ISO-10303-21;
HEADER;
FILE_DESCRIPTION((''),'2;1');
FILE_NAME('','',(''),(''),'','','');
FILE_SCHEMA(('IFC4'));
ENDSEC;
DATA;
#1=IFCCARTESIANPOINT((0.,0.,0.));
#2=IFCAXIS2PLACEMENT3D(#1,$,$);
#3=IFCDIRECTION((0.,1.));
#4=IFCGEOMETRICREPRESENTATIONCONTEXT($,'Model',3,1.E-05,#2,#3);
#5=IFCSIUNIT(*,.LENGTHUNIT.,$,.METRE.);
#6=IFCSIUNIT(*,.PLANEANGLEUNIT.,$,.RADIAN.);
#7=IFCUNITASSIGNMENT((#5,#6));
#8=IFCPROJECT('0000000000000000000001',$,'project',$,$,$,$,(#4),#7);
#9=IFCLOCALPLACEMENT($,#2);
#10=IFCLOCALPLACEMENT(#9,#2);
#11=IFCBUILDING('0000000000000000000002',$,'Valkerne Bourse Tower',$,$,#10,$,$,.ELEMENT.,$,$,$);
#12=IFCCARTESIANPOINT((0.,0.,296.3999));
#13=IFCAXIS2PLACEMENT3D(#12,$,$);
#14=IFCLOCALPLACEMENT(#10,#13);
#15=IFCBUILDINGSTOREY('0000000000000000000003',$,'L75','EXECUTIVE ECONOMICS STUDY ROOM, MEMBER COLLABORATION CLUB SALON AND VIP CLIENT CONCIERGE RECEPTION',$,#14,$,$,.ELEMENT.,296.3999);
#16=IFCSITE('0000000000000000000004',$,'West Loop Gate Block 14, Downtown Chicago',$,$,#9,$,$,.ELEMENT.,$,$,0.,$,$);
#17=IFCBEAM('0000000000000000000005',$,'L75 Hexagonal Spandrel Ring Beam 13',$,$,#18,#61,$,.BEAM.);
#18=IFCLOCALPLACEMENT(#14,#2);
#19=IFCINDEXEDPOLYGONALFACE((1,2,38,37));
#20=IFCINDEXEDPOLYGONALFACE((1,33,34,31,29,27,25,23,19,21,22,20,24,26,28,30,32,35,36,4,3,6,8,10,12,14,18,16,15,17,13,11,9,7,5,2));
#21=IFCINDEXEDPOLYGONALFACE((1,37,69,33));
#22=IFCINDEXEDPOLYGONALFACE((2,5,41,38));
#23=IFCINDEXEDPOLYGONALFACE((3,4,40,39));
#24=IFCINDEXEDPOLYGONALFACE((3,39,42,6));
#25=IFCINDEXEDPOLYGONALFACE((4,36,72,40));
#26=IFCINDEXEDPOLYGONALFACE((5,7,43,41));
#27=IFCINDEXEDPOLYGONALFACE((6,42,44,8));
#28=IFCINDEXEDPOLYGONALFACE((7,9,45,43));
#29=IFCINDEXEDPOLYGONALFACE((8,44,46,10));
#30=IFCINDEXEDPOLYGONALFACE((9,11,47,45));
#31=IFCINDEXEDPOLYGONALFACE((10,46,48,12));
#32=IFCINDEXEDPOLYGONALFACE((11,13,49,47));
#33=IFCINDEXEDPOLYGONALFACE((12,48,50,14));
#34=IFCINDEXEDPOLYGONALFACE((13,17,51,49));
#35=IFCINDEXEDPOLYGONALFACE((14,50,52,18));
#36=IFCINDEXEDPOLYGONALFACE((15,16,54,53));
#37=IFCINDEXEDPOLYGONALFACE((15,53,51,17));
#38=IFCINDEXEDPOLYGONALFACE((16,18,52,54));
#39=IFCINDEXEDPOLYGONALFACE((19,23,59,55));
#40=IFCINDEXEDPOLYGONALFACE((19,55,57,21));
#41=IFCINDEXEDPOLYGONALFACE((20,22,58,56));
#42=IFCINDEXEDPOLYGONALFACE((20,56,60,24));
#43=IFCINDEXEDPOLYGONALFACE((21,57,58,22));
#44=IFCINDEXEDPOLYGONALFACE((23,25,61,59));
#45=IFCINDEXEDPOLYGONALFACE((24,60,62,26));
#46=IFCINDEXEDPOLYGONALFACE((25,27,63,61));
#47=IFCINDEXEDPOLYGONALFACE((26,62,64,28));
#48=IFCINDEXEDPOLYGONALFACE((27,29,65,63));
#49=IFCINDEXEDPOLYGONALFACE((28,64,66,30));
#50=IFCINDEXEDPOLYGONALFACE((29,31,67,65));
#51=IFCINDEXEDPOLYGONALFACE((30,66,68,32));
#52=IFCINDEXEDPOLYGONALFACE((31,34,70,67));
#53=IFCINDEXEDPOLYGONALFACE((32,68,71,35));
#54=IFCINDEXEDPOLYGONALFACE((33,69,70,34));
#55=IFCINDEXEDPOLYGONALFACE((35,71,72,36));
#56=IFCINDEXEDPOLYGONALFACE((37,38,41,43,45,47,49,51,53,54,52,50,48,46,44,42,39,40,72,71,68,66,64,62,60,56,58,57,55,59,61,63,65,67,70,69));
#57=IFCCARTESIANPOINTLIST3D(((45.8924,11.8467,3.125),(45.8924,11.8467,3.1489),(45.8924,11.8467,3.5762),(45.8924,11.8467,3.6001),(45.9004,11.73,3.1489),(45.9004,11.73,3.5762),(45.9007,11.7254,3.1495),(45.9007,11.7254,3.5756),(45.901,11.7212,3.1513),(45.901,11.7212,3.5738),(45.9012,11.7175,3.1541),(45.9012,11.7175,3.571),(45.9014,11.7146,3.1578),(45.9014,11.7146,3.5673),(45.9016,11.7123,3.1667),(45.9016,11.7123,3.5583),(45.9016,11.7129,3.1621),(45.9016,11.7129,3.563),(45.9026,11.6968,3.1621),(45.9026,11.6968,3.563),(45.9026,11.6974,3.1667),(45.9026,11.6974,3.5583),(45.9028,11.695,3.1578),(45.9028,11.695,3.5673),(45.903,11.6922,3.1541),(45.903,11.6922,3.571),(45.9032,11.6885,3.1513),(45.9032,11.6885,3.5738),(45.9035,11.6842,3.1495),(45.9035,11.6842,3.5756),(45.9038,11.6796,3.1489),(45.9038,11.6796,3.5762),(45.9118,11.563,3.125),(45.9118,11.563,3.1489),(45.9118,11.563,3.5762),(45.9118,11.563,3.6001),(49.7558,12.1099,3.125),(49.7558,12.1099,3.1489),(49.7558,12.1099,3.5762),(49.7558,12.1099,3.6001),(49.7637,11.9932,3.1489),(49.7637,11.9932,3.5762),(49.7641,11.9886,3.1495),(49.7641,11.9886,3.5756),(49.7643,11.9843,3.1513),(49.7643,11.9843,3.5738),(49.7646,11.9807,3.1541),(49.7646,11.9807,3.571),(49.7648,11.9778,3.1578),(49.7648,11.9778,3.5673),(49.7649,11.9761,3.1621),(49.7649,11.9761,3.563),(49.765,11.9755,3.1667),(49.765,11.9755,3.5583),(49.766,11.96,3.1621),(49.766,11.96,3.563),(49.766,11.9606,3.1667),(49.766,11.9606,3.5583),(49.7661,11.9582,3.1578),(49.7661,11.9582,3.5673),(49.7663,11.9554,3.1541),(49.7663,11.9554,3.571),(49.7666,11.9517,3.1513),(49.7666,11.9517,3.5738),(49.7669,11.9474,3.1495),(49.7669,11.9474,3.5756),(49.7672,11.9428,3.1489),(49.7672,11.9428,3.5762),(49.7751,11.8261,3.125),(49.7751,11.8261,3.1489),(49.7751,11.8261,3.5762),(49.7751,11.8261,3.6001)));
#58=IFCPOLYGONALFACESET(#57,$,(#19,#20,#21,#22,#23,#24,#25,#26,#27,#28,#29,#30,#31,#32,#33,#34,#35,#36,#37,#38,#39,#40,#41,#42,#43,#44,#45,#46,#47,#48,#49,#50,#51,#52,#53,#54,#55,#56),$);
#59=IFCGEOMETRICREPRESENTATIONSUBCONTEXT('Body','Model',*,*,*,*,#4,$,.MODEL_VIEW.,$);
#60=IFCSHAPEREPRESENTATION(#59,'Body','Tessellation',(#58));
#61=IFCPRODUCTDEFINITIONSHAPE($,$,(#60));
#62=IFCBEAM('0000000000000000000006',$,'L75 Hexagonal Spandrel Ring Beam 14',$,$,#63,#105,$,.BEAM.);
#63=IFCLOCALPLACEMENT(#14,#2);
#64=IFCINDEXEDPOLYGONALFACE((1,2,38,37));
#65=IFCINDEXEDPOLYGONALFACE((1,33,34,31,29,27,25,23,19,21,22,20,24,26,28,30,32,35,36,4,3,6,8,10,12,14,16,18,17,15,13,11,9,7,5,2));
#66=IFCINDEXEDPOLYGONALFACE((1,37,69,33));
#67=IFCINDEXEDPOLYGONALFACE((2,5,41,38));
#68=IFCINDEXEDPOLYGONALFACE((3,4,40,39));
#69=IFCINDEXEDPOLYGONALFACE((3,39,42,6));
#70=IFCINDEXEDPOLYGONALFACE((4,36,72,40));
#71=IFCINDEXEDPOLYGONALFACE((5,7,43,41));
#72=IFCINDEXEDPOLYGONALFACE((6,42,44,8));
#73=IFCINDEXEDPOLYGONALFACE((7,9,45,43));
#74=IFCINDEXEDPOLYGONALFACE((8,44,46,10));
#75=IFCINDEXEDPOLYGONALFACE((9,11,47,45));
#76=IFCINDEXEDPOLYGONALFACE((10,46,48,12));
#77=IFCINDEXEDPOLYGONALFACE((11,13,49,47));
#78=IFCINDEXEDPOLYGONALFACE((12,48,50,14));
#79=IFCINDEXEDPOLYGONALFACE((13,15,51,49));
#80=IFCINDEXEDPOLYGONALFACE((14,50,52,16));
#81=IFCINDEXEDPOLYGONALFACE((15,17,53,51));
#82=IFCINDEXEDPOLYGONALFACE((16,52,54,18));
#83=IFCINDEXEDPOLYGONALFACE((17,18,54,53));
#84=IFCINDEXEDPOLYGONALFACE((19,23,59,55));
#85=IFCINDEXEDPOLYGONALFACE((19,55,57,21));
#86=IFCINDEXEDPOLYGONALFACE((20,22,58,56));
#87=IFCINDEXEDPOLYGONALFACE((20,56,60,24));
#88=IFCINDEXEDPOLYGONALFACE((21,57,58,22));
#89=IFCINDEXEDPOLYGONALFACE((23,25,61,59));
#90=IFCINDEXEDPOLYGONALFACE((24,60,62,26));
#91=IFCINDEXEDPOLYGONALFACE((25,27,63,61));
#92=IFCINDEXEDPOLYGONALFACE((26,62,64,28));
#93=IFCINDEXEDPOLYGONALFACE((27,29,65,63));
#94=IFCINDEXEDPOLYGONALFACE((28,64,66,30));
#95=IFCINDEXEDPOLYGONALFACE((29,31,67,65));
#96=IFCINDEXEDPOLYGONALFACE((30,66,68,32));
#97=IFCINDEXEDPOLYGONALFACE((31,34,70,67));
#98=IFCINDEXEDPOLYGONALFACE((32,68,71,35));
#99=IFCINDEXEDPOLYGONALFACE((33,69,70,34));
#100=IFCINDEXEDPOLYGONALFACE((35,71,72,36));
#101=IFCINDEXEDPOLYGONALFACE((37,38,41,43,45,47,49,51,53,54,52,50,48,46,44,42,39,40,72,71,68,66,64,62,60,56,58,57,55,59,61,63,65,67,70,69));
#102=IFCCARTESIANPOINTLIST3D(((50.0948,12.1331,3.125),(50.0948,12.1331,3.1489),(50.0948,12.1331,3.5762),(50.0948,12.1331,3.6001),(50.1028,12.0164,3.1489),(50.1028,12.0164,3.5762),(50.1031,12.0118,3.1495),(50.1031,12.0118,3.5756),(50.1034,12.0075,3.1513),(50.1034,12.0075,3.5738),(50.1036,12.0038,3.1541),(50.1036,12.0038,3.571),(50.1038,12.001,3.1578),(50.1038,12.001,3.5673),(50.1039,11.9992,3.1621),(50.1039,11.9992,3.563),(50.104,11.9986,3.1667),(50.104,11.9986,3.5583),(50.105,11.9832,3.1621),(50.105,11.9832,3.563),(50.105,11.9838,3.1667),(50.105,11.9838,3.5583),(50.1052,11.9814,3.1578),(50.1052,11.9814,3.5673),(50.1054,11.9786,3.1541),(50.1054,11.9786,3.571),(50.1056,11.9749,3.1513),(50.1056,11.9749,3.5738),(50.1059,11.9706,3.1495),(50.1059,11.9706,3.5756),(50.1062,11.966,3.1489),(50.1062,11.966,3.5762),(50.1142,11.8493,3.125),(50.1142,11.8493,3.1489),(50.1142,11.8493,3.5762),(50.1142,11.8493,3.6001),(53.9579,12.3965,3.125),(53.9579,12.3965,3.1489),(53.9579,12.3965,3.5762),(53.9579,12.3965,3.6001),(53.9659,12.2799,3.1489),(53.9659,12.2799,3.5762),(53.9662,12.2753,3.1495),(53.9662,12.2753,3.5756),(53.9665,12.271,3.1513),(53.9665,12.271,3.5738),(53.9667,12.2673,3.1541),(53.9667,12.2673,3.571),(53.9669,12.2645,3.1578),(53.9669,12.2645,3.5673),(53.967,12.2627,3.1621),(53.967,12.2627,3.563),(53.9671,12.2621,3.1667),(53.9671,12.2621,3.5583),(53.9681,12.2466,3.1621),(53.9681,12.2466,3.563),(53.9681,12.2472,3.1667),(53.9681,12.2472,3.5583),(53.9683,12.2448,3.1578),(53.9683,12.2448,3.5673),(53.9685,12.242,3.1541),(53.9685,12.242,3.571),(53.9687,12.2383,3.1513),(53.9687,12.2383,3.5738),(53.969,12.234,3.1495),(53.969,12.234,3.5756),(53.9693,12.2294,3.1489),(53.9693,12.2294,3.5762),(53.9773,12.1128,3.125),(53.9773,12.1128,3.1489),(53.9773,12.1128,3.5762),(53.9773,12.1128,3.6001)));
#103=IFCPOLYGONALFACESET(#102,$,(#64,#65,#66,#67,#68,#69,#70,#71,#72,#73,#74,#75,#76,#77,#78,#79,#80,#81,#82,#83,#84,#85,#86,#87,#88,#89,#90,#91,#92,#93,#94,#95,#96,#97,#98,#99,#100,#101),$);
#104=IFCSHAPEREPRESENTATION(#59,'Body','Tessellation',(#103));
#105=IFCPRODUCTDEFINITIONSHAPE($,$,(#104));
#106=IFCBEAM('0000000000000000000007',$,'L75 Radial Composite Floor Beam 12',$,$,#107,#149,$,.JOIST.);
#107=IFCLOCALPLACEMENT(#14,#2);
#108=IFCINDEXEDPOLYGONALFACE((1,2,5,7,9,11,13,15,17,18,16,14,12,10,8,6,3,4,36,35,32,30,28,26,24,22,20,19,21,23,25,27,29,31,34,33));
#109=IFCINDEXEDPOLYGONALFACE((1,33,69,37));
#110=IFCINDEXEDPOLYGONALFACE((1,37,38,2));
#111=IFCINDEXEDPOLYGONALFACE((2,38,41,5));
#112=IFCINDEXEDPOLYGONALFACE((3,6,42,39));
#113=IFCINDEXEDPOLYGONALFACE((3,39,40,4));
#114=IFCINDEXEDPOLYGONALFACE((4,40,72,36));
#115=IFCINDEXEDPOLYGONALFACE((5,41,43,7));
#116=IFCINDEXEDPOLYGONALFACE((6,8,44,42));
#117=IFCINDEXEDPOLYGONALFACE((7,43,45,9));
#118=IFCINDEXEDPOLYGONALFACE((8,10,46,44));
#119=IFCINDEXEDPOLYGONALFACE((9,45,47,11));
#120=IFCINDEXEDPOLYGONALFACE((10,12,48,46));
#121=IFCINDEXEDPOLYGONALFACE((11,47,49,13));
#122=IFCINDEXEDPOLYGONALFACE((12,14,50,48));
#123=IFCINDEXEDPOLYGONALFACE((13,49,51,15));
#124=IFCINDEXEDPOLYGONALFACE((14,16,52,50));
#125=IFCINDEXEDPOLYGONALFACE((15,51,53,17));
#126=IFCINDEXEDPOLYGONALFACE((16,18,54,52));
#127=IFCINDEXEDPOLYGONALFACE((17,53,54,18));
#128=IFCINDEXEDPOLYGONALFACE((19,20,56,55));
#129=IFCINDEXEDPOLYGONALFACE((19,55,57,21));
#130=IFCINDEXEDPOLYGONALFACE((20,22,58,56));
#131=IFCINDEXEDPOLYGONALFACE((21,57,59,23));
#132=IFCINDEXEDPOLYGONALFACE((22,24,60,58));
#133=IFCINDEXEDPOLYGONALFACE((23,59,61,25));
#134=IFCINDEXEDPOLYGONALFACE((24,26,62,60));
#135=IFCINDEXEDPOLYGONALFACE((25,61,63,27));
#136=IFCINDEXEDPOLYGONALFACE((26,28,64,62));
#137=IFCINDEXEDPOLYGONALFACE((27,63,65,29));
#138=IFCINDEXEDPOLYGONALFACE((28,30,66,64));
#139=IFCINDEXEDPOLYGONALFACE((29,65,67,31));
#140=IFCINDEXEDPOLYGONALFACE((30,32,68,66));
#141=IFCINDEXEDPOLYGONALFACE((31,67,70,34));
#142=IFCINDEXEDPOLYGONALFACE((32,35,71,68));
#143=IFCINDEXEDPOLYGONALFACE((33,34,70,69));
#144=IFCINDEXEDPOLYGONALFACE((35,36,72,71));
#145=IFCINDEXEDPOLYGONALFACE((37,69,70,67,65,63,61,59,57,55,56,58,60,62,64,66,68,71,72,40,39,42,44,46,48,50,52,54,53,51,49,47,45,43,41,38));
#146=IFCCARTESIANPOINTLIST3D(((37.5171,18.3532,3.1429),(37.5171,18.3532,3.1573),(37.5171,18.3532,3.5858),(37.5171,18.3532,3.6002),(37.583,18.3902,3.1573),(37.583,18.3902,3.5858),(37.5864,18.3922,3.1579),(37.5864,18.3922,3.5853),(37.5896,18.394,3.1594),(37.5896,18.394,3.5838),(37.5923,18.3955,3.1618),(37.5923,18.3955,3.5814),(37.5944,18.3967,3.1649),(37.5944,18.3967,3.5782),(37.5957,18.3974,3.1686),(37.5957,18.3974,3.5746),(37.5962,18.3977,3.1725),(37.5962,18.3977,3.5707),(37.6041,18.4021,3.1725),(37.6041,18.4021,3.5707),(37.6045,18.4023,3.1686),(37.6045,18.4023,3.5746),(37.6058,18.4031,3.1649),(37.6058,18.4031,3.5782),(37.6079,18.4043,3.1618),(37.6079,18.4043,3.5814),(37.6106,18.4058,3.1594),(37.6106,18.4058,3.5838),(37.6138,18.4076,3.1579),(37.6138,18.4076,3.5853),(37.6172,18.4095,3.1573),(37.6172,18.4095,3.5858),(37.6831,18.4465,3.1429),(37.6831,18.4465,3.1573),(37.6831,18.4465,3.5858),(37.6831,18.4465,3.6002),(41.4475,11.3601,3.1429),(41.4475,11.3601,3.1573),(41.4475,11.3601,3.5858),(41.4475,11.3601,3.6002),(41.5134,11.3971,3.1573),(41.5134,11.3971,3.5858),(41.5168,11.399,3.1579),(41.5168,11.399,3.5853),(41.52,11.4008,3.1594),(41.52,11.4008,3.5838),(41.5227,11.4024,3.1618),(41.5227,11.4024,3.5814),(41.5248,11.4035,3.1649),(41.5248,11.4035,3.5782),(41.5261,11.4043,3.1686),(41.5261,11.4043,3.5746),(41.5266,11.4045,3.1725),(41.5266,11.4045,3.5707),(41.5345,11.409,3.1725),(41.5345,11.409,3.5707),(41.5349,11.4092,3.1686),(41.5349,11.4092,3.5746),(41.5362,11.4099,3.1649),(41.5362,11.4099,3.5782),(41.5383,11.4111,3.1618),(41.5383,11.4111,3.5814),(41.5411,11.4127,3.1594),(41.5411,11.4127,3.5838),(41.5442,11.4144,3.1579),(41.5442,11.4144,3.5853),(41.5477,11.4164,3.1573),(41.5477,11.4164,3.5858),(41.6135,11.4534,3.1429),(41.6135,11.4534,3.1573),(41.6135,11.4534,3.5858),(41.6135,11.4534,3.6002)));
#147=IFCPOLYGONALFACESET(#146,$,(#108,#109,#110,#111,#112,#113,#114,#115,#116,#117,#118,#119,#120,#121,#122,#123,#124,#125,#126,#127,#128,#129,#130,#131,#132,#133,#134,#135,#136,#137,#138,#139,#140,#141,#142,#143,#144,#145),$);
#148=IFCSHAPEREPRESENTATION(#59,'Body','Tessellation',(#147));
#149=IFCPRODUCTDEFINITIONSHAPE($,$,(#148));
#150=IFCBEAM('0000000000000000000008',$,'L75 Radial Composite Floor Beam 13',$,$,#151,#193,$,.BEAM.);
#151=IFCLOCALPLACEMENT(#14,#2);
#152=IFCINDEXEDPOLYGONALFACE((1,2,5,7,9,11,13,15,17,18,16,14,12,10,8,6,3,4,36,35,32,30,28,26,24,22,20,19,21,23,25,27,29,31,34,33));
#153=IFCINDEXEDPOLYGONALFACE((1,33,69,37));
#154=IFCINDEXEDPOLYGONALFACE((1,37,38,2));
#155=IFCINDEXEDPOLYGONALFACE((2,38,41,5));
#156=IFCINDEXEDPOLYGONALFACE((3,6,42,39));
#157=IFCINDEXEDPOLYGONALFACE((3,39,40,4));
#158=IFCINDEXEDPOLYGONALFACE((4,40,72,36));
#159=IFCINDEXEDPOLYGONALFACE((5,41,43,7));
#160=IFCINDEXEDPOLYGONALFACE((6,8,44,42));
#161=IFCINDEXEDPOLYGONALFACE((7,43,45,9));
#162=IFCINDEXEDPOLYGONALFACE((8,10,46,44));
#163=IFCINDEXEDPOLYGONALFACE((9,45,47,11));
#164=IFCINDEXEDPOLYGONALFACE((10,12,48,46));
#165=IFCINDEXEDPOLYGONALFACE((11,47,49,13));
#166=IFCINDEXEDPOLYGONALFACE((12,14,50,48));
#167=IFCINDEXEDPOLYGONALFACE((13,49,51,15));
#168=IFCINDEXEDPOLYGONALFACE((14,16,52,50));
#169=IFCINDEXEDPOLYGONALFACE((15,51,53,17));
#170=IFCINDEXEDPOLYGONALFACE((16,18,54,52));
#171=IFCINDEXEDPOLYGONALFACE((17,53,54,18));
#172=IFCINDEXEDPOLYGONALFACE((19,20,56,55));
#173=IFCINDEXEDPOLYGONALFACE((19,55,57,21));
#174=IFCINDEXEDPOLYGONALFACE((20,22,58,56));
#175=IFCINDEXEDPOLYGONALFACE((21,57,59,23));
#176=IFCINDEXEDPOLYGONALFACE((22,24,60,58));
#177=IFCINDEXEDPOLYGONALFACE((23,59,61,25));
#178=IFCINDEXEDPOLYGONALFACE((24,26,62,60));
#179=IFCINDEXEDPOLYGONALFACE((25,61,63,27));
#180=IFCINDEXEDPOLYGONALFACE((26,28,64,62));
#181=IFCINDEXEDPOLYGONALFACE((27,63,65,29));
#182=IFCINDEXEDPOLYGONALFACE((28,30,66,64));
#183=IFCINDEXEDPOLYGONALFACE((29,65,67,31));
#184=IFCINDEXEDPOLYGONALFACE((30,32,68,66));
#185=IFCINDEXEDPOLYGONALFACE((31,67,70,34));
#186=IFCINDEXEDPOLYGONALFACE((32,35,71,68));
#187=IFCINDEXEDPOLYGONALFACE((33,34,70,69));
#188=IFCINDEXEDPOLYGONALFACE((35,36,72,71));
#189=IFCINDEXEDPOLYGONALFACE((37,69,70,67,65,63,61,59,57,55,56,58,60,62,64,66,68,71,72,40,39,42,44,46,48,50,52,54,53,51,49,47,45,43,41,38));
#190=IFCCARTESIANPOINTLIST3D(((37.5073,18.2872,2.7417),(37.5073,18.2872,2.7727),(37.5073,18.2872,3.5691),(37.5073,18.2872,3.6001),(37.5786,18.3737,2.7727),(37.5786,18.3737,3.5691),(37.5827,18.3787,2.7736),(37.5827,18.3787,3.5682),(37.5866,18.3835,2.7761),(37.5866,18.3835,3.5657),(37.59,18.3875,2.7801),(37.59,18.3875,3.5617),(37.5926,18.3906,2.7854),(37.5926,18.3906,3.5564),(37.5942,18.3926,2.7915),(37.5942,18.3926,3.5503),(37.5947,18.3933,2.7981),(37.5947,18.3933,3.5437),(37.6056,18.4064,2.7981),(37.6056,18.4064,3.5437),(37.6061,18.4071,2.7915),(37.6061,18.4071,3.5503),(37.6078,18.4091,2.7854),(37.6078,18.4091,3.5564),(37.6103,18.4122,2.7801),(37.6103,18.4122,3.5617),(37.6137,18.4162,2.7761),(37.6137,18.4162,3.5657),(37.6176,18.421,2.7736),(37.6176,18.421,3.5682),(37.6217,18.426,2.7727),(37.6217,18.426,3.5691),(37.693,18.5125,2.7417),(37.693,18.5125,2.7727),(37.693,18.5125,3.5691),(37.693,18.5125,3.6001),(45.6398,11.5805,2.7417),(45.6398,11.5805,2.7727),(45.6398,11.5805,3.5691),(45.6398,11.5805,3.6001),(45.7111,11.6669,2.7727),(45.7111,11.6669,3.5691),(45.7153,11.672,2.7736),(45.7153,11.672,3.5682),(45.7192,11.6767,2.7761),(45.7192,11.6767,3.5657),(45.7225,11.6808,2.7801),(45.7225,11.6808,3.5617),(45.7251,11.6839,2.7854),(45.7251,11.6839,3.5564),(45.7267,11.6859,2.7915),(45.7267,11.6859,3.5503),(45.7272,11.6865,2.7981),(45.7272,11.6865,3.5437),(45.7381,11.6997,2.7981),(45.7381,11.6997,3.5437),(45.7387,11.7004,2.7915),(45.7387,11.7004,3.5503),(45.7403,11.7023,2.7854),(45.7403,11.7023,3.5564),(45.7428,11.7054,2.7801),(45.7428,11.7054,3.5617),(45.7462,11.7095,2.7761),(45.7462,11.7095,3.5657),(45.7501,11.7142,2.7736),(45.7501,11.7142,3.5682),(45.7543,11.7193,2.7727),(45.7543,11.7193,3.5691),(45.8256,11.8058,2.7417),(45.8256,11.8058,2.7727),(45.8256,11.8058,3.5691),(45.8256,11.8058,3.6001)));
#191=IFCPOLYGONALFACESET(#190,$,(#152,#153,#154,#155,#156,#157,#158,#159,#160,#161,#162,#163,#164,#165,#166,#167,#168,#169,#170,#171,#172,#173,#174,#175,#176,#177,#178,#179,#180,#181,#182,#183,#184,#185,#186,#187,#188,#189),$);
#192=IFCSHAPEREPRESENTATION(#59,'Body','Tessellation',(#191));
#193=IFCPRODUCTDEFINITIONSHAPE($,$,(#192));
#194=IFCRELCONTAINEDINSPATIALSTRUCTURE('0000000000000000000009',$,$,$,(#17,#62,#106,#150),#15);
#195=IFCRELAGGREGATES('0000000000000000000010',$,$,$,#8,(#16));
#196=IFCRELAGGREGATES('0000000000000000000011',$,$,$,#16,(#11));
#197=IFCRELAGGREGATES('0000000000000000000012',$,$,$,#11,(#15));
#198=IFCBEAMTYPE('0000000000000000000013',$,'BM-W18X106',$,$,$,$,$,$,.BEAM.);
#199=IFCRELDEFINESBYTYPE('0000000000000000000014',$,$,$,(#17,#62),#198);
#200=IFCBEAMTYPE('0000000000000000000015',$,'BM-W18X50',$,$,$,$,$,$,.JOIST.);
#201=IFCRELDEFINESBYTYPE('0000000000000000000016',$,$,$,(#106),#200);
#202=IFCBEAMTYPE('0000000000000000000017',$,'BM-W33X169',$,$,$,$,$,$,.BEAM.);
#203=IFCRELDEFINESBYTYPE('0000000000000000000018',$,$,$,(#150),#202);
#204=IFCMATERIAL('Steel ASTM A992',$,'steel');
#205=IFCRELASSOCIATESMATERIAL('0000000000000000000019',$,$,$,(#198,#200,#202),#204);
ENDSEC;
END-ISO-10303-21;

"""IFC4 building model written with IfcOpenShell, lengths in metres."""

from ifc_helpers import new_model, si_unit, direction, frame, origin, origin_2d, place, context, subcontext, project, spatial, i_section, extrude, material, material_profile, profile_set, type_object, element, save


model = new_model("IFC4")

# Units and contexts
model_context = context("Model", 3, precision=1e-05, world=origin(), true_north=direction((0.0, 1.0)))
body_context = subcontext(model_context, "Body", "Model", "MODEL_VIEW")
ifc_project = project(units=[si_unit("LENGTHUNIT", "METRE"), si_unit("PLANEANGLEUNIT", "RADIAN")], contexts=[model_context])

# Site, building, storey
site_placement = place(None, origin())
site = spatial("IfcSite", under=ifc_project, at=site_placement, Name="West Loop Gate Block 14, Downtown Chicago", CompositionType="ELEMENT", RefElevation=0.0)
building_placement = place(site_placement, origin())
building = spatial("IfcBuilding", under=site, at=building_placement, Name="Valkerne Bourse Tower", CompositionType="ELEMENT")
storey_placement = place(building_placement, frame((0.0, 0.0, 296.3999)))
storey = spatial("IfcBuildingStorey", under=building, at=storey_placement, Name="L75", Description="EXECUTIVE ECONOMICS STUDY ROOM, MEMBER COLLABORATION CLUB SALON AND VIP CLIENT CONCIERGE RECEPTION", CompositionType="ELEMENT", Elevation=296.3999)

# Beams
ifc_material_1 = material(Name="Steel ASTM A992", Category="steel")
ifc_material_profile_1 = material_profile(ifc_material_1, i_section(OverallWidth=0.2844, OverallDepth=0.4751, WebThickness=0.0149, FlangeThickness=0.0239, FilletRadius=0.0178, at=origin_2d()), Name="W18X106")
ifc_profile_set_1 = profile_set([ifc_material_profile_1], Name="Steel ASTM A992")
beam_type_1 = type_object("IfcBeamType", Name="BM-W18X106", PredefinedType="BEAM", material=ifc_profile_set_1)
beam_1_placement = place(storey_placement, frame((45.9021, 11.7048, 3.3625), z_axis=(0.997688, 0.067967, 0.0), x_axis=(-0.067967, 0.997688, 0.0)))
element("IfcBeam", 1, at=beam_1_placement, inside=storey, type_object=beam_type_1, Name="L75 Hexagonal Spandrel Ring Beam 13", PredefinedType="BEAM", context=body_context, shape_type="SweptSolid", body=[
    extrude(i_section(OverallWidth=0.2844, OverallDepth=0.4751, WebThickness=0.0149, FlangeThickness=0.0239, FilletRadius=0.0178, at=origin_2d()), origin(), (0.0, 0.0, 1.0), 3.8723),
])
beam_2_placement = place(storey_placement, frame((50.1045, 11.9912, 3.3625), z_axis=(0.997683, 0.068034, 0.0), x_axis=(-0.068034, 0.997683, 0.0)))
element("IfcBeam", 2, at=beam_2_placement, inside=storey, type_object=beam_type_1, Name="L75 Hexagonal Spandrel Ring Beam 14", PredefinedType="BEAM", context=body_context, shape_type="SweptSolid", body=[
    extrude(i_section(OverallWidth=0.2844, OverallDepth=0.4751, WebThickness=0.0149, FlangeThickness=0.0239, FilletRadius=0.0178, at=origin_2d()), origin(), (0.0, 0.0, 1.0), 3.8721),
])
ifc_material_profile_2 = material_profile(ifc_material_1, i_section(OverallWidth=0.1904, OverallDepth=0.4573, WebThickness=0.009, FlangeThickness=0.0144, FilletRadius=0.0151, at=origin_2d()), Name="W18X50")
ifc_profile_set_2 = profile_set([ifc_material_profile_2], Name="Steel ASTM A992")
beam_type_2 = type_object("IfcBeamType", Name="BM-W18X50", PredefinedType="JOIST", material=ifc_profile_set_2)
beam_3_placement = place(storey_placement, frame((41.5305, 11.4067, 3.3716), z_axis=(-0.489955, 0.871748, 0.0), x_axis=(-0.871748, -0.489955, 0.0)))
element("IfcBeam", 3, at=beam_3_placement, inside=storey, type_object=beam_type_2, Name="L75 Radial Composite Floor Beam 12", PredefinedType="JOIST", context=body_context, shape_type="SweptSolid", body=[
    extrude(i_section(OverallWidth=0.1904, OverallDepth=0.4573, WebThickness=0.009, FlangeThickness=0.0144, FilletRadius=0.0151, at=origin_2d()), origin(), (0.0, 0.0, 1.0), 8.022),
])
ifc_material_profile_3 = material_profile(ifc_material_1, i_section(OverallWidth=0.292, OverallDepth=0.8584, WebThickness=0.0171, FlangeThickness=0.031, FilletRadius=0.0254, at=origin_2d()), Name="W33X169")
ifc_profile_set_3 = profile_set([ifc_material_profile_3], Name="Steel ASTM A992")
beam_type_3 = type_object("IfcBeamType", Name="BM-W33X169", PredefinedType="BEAM", material=ifc_profile_set_3)
beam_4_placement = place(storey_placement, frame((45.7327, 11.6931, 3.1709), z_axis=(-0.771493, 0.636237, 0.0), x_axis=(-0.636237, -0.771493, 0.0)))
element("IfcBeam", 4, at=beam_4_placement, inside=storey, type_object=beam_type_3, Name="L75 Radial Composite Floor Beam 13", PredefinedType="BEAM", context=body_context, shape_type="SweptSolid", body=[
    extrude(i_section(OverallWidth=0.292, OverallDepth=0.8584, WebThickness=0.0171, FlangeThickness=0.031, FilletRadius=0.0254, at=origin_2d()), origin(), (0.0, 0.0, 1.0), 10.5413),
])

save(model, "model.ifc")
